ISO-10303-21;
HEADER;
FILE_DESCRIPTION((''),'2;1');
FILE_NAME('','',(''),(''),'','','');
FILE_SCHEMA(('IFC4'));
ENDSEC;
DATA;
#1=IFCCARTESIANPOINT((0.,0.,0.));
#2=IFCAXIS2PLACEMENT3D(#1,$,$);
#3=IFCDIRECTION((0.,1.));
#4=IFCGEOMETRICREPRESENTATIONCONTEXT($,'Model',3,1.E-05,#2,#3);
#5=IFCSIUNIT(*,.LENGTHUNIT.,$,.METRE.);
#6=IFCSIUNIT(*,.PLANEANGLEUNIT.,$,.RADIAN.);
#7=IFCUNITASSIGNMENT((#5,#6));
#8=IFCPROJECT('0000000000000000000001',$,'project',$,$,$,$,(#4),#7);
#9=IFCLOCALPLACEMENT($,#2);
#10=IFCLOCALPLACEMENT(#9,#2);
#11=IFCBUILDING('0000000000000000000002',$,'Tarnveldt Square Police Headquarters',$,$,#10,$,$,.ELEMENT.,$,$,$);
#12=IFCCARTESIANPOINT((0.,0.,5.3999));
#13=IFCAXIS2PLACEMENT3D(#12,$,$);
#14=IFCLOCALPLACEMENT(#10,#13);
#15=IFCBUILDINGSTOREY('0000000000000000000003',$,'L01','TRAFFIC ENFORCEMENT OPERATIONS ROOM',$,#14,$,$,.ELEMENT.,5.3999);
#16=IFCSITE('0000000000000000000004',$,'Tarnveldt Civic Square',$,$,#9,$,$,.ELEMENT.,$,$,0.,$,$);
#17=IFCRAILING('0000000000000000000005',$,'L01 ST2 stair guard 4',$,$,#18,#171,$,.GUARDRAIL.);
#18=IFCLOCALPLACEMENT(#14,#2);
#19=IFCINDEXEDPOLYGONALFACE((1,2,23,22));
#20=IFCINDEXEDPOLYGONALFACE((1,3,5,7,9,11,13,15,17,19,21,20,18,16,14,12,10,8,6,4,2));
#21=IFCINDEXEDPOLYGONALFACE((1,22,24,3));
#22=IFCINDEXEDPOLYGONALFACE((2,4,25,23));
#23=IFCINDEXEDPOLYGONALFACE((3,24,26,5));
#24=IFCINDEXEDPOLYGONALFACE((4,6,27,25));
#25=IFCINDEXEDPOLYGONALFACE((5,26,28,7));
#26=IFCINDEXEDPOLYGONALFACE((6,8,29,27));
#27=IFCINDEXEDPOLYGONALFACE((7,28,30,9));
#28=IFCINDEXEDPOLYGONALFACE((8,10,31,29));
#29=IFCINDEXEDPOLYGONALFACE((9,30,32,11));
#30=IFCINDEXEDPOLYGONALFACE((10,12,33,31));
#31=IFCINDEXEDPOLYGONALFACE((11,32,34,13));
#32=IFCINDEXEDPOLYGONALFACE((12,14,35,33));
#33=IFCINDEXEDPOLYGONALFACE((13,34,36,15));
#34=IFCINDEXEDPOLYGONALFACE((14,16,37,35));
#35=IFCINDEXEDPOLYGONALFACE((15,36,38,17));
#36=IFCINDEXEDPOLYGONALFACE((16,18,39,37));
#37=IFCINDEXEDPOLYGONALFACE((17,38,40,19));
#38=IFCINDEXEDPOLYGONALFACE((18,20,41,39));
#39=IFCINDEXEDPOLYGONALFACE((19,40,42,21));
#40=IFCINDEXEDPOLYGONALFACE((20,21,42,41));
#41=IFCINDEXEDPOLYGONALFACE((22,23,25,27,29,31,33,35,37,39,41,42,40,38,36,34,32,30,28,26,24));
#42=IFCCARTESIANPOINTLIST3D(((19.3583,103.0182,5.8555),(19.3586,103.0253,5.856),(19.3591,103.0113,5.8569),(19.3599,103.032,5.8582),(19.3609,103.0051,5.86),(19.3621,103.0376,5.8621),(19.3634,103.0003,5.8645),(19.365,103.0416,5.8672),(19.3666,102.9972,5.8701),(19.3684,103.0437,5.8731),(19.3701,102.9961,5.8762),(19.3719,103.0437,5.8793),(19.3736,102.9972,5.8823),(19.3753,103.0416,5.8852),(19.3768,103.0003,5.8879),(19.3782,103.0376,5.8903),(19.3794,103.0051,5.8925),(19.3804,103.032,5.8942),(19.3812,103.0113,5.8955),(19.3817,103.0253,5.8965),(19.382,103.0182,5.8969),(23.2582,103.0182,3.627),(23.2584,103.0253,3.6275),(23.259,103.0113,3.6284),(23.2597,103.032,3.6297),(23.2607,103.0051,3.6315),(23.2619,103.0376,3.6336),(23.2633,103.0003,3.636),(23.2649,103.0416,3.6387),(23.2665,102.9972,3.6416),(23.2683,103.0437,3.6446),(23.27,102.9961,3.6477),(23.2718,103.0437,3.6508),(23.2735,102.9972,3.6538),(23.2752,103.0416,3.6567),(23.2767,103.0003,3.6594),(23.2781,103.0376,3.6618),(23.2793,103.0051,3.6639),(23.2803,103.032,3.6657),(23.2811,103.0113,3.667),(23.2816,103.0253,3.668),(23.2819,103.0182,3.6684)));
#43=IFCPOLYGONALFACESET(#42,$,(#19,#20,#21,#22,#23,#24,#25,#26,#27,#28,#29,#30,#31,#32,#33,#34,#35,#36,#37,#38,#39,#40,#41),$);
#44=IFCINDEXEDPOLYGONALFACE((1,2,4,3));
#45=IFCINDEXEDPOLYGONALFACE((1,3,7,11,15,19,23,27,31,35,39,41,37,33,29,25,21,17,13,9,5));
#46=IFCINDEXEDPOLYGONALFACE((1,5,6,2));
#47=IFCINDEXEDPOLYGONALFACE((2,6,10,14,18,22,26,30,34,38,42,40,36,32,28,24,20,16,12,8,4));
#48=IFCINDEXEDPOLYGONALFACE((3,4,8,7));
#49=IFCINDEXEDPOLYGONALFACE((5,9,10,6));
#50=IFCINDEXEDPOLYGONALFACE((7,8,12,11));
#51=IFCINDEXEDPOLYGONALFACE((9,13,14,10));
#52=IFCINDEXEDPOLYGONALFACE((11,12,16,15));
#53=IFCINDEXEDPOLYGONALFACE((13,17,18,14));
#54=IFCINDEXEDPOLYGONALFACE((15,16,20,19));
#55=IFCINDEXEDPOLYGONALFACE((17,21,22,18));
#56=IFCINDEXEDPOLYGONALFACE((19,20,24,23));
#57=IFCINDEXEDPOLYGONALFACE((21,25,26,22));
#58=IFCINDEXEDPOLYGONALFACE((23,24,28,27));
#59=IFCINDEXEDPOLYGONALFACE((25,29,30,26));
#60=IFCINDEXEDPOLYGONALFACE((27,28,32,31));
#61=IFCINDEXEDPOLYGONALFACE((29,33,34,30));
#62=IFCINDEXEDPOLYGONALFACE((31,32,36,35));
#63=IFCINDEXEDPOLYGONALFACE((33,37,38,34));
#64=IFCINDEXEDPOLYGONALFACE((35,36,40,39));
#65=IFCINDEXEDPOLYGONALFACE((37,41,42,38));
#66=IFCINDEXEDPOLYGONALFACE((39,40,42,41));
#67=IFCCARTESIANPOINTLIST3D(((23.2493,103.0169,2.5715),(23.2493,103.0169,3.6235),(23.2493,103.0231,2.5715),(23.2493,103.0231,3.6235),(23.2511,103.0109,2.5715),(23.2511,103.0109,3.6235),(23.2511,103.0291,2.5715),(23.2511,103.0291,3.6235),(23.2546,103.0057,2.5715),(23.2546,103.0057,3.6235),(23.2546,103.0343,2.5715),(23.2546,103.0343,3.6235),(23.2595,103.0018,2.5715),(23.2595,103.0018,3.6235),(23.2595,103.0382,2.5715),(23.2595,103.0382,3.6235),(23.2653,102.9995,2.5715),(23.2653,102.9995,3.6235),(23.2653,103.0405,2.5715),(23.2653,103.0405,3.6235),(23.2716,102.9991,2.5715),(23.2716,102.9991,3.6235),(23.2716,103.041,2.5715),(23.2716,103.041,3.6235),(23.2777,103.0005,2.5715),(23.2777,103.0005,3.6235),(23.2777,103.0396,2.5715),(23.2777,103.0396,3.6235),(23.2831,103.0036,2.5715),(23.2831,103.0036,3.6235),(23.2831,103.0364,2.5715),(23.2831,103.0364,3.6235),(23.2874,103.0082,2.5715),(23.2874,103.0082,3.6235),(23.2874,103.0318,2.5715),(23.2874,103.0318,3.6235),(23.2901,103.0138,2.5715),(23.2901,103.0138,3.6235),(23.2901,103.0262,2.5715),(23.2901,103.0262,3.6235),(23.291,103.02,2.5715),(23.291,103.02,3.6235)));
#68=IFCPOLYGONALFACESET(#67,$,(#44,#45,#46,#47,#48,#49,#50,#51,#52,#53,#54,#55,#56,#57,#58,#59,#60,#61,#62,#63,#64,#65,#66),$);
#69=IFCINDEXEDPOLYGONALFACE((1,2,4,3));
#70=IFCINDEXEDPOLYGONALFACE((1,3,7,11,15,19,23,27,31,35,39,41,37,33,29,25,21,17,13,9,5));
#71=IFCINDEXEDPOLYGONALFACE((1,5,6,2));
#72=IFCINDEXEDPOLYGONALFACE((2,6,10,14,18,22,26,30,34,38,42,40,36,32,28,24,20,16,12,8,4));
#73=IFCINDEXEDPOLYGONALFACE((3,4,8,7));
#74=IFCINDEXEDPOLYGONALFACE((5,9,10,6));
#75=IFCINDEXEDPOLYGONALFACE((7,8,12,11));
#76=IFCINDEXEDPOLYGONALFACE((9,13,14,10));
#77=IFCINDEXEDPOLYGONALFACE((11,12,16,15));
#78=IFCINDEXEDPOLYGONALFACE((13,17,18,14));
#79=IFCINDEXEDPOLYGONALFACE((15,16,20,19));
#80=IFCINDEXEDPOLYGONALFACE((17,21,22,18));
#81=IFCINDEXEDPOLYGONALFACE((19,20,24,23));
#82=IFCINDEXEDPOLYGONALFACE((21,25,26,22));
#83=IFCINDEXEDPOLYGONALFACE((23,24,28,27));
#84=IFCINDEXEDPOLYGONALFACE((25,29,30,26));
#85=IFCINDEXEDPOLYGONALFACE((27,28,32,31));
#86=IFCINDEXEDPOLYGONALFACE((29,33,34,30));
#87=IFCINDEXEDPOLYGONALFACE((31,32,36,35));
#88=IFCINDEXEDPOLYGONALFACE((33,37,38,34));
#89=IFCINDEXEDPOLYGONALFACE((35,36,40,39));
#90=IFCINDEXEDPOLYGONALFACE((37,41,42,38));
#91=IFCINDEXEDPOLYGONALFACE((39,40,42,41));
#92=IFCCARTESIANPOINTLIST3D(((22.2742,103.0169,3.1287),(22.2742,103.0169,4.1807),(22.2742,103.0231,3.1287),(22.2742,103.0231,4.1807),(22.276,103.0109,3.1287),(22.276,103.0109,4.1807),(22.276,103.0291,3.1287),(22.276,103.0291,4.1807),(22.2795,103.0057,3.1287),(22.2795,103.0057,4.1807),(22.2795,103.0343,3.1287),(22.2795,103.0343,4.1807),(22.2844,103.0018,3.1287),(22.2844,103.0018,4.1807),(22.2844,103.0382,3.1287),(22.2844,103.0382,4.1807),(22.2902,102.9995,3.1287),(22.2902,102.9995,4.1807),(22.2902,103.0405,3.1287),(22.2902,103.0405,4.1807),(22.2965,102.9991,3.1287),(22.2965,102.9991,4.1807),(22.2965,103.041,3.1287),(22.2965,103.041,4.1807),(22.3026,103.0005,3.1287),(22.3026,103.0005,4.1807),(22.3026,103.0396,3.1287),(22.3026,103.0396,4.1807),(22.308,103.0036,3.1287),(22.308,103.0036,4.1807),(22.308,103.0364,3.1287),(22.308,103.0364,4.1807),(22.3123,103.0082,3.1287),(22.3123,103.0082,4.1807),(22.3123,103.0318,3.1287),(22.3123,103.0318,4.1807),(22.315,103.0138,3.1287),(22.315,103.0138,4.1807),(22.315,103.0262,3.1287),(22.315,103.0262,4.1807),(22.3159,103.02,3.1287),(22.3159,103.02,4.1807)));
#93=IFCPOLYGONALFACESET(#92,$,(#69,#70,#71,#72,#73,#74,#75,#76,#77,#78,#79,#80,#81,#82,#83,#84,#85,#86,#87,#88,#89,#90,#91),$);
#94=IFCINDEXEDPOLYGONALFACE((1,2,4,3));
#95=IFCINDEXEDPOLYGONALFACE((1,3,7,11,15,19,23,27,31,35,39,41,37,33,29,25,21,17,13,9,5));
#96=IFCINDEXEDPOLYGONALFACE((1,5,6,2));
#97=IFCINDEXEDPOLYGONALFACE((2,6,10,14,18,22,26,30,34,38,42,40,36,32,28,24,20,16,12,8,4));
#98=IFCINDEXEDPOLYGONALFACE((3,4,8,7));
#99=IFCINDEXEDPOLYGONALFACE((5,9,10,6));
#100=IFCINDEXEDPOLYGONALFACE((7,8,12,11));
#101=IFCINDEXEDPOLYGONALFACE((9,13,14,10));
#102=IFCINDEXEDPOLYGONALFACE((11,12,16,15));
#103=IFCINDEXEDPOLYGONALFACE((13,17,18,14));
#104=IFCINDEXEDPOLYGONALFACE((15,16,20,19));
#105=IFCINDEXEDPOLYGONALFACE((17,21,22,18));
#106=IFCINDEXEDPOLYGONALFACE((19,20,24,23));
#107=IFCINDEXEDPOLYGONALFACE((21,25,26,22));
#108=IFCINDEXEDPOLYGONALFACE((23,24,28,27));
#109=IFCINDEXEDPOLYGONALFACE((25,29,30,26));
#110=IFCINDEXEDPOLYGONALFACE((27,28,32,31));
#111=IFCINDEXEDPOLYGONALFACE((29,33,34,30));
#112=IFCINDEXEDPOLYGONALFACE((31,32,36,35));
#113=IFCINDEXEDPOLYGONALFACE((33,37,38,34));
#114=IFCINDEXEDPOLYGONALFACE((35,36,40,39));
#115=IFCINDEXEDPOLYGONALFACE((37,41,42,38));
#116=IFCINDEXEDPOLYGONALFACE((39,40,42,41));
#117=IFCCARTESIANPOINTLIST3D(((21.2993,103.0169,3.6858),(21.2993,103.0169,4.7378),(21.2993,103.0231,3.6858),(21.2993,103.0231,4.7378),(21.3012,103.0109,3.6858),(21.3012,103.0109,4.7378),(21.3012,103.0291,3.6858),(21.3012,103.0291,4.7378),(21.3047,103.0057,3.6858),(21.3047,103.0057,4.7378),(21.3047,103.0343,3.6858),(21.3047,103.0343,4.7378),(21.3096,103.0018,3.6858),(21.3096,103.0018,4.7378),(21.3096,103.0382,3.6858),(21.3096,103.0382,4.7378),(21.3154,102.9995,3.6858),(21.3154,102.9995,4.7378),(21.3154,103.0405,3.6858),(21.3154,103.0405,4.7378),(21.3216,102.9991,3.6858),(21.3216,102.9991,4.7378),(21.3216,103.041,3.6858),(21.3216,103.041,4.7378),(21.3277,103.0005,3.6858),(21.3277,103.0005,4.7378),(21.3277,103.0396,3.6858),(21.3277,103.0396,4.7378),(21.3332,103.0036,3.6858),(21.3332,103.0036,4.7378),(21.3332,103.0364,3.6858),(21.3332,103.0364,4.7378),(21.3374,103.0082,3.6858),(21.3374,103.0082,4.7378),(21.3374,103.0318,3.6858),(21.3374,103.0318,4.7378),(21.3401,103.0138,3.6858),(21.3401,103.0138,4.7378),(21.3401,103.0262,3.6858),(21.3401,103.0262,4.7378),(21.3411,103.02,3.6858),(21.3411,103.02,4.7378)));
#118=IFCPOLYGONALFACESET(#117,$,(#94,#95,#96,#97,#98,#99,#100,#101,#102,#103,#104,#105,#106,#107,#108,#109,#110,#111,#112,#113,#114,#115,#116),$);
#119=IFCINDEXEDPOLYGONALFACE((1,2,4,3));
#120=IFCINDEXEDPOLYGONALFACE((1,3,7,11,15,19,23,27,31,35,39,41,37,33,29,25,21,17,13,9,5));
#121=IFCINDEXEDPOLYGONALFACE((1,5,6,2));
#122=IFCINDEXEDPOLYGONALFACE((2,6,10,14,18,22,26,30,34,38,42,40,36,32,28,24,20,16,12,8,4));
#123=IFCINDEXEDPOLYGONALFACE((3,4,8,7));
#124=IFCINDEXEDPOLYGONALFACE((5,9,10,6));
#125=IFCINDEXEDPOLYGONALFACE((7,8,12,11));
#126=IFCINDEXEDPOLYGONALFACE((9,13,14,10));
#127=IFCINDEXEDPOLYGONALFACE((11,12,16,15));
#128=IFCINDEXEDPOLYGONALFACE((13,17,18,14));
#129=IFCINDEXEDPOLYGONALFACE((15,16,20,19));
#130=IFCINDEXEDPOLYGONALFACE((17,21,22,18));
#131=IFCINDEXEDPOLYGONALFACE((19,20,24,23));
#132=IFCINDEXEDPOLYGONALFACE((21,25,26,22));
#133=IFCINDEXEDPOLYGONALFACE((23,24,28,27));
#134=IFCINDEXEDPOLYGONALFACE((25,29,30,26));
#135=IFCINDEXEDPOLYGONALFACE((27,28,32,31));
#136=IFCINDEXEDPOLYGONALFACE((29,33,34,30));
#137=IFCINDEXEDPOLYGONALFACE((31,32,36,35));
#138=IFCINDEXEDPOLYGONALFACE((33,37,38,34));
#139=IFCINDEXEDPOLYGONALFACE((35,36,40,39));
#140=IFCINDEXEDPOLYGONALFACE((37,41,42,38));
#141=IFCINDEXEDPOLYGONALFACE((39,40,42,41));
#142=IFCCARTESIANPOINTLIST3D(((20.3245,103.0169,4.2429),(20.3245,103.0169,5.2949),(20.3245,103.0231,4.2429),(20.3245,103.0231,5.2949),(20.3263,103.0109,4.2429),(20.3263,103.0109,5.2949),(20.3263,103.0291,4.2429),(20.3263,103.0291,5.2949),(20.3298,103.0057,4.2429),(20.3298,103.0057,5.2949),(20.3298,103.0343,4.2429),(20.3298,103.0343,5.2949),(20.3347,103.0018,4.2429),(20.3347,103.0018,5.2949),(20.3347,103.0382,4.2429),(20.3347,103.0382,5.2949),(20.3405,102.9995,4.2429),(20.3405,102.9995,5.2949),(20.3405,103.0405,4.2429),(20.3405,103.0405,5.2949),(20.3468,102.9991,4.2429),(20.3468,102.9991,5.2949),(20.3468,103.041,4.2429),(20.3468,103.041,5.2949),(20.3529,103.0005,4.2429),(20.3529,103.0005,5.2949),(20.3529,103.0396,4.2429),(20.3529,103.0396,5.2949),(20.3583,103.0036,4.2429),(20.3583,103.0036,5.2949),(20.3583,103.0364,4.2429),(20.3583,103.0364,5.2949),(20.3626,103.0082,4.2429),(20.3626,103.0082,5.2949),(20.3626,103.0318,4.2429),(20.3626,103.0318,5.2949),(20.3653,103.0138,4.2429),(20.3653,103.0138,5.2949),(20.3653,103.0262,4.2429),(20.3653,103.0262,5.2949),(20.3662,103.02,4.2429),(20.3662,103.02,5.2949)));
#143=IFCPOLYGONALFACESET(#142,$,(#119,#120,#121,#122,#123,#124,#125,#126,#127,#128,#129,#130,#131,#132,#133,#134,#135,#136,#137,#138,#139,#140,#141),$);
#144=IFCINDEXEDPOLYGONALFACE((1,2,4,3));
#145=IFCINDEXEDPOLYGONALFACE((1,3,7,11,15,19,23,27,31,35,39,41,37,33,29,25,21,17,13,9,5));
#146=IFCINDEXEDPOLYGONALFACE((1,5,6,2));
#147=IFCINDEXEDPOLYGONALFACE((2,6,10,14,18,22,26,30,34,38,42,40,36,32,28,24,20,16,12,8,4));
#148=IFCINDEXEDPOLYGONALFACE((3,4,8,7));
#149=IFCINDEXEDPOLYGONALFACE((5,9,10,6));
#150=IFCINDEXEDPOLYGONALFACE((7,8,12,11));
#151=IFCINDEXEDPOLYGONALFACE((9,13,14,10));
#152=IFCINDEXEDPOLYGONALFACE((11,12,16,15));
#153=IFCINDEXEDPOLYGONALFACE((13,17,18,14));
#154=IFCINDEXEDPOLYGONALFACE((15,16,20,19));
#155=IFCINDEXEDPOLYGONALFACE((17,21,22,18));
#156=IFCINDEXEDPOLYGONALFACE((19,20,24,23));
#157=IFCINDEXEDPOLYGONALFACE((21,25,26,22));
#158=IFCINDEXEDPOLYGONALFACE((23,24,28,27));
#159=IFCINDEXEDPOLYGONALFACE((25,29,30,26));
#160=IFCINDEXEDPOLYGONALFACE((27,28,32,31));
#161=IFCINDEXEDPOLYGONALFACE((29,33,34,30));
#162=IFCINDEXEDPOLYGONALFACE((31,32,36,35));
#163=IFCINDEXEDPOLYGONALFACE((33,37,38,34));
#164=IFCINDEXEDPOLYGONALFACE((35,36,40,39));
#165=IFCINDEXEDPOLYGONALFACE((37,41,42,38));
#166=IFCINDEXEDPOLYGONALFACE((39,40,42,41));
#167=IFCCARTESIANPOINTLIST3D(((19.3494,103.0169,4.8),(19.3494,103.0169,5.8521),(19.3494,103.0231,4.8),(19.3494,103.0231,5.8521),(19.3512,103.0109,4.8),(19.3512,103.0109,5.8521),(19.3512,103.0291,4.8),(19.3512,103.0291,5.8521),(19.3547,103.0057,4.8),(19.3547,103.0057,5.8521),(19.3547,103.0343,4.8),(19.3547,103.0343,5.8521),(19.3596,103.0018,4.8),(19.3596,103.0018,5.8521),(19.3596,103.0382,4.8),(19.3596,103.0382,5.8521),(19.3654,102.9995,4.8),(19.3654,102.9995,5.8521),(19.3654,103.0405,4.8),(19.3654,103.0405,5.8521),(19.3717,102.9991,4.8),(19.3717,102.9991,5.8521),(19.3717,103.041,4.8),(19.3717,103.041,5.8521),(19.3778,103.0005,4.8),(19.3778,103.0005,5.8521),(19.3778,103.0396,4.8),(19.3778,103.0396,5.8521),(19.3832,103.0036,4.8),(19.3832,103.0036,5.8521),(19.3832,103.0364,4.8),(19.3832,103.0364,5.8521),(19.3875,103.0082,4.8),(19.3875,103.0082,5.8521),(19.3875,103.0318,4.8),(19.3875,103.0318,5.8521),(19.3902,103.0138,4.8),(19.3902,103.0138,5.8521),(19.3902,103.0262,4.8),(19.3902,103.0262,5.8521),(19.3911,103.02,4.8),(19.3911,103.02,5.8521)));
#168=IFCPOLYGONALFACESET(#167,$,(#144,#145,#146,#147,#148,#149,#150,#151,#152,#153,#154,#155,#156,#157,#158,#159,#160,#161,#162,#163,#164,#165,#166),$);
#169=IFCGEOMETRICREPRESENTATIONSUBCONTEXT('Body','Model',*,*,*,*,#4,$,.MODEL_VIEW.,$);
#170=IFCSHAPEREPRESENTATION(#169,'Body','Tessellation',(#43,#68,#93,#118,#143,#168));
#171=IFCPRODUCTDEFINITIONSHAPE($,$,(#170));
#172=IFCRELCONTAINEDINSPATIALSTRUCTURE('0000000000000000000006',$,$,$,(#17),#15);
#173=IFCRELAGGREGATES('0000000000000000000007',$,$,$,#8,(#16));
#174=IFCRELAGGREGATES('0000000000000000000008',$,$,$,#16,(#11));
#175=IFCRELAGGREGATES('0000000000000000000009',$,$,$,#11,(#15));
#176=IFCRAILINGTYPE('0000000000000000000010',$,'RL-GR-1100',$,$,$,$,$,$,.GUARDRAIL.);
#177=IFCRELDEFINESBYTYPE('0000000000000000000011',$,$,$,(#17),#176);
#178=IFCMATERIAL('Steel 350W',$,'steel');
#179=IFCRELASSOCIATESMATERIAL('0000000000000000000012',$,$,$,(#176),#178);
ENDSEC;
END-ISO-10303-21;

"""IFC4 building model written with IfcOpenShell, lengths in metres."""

from ifc_helpers import new_model, si_unit, direction, frame, origin, origin_2d, place, context, subcontext, project, spatial, circle, extrude, material, type_object, element, save


model = new_model("IFC4")

# Units and contexts
model_context = context("Model", 3, precision=1e-05, world=origin(), true_north=direction((0.0, 1.0)))
body_context = subcontext(model_context, "Body", "Model", "MODEL_VIEW")
ifc_project = project(units=[si_unit("LENGTHUNIT", "METRE"), si_unit("PLANEANGLEUNIT", "RADIAN")], contexts=[model_context])

# Site, building, storey
site_placement = place(None, origin())
site = spatial("IfcSite", under=ifc_project, at=site_placement, Name="Tarnveldt Civic Square", CompositionType="ELEMENT", RefElevation=0.0)
building_placement = place(site_placement, origin())
building = spatial("IfcBuilding", under=site, at=building_placement, Name="Tarnveldt Square Police Headquarters", CompositionType="ELEMENT")
storey_placement = place(building_placement, frame((0.0, 0.0, 5.3999)))
storey = spatial("IfcBuildingStorey", under=building, at=storey_placement, Name="L01", Description="TRAFFIC ENFORCEMENT OPERATIONS ROOM", CompositionType="ELEMENT", Elevation=5.3999)

# Shared definitions
ifc_material_1 = material(Name="Steel 350W", Category="steel")

# Railing
railing_type_1 = type_object("IfcRailingType", Name="RL-GR-1100", PredefinedType="GUARDRAIL", material=ifc_material_1)
railing_1_placement = place(storey_placement, frame((23.27, 103.02, 2.5715)))
element("IfcRailing", 1, at=railing_1_placement, inside=storey, type_object=railing_type_1, Name="L01 ST2 stair guard 4", PredefinedType="GUARDRAIL", context=body_context, shape_type="SweptSolid", body=[
    extrude(circle(Radius=0.0239, at=origin_2d()), frame((0.0, 0.0, 1.0762), z_axis=(-0.868243, 0.0, 0.496139), x_axis=(0.0, -1.0, 0.0)), (0.0, 0.0, 1.0), 4.4917),
    extrude(circle(Radius=0.021, at=origin_2d()), origin(), (0.0, 0.0, 1.0), 1.052),
    extrude(circle(Radius=0.021, at=origin_2d()), frame((-0.9751, 0.0, 0.5571)), (0.0, 0.0, 1.0), 1.052),
    extrude(circle(Radius=0.021, at=origin_2d()), frame((-1.95, 0.0, 1.1143)), (0.0, 0.0, 1.0), 1.052),
    extrude(circle(Radius=0.021, at=origin_2d()), frame((-2.9248, 0.0, 1.6714)), (0.0, 0.0, 1.0), 1.052),
    extrude(circle(Radius=0.021, at=origin_2d()), frame((-3.8999, 0.0, 2.2285)), (0.0, 0.0, 1.0), 1.052),
])

save(model, "model.ifc")
